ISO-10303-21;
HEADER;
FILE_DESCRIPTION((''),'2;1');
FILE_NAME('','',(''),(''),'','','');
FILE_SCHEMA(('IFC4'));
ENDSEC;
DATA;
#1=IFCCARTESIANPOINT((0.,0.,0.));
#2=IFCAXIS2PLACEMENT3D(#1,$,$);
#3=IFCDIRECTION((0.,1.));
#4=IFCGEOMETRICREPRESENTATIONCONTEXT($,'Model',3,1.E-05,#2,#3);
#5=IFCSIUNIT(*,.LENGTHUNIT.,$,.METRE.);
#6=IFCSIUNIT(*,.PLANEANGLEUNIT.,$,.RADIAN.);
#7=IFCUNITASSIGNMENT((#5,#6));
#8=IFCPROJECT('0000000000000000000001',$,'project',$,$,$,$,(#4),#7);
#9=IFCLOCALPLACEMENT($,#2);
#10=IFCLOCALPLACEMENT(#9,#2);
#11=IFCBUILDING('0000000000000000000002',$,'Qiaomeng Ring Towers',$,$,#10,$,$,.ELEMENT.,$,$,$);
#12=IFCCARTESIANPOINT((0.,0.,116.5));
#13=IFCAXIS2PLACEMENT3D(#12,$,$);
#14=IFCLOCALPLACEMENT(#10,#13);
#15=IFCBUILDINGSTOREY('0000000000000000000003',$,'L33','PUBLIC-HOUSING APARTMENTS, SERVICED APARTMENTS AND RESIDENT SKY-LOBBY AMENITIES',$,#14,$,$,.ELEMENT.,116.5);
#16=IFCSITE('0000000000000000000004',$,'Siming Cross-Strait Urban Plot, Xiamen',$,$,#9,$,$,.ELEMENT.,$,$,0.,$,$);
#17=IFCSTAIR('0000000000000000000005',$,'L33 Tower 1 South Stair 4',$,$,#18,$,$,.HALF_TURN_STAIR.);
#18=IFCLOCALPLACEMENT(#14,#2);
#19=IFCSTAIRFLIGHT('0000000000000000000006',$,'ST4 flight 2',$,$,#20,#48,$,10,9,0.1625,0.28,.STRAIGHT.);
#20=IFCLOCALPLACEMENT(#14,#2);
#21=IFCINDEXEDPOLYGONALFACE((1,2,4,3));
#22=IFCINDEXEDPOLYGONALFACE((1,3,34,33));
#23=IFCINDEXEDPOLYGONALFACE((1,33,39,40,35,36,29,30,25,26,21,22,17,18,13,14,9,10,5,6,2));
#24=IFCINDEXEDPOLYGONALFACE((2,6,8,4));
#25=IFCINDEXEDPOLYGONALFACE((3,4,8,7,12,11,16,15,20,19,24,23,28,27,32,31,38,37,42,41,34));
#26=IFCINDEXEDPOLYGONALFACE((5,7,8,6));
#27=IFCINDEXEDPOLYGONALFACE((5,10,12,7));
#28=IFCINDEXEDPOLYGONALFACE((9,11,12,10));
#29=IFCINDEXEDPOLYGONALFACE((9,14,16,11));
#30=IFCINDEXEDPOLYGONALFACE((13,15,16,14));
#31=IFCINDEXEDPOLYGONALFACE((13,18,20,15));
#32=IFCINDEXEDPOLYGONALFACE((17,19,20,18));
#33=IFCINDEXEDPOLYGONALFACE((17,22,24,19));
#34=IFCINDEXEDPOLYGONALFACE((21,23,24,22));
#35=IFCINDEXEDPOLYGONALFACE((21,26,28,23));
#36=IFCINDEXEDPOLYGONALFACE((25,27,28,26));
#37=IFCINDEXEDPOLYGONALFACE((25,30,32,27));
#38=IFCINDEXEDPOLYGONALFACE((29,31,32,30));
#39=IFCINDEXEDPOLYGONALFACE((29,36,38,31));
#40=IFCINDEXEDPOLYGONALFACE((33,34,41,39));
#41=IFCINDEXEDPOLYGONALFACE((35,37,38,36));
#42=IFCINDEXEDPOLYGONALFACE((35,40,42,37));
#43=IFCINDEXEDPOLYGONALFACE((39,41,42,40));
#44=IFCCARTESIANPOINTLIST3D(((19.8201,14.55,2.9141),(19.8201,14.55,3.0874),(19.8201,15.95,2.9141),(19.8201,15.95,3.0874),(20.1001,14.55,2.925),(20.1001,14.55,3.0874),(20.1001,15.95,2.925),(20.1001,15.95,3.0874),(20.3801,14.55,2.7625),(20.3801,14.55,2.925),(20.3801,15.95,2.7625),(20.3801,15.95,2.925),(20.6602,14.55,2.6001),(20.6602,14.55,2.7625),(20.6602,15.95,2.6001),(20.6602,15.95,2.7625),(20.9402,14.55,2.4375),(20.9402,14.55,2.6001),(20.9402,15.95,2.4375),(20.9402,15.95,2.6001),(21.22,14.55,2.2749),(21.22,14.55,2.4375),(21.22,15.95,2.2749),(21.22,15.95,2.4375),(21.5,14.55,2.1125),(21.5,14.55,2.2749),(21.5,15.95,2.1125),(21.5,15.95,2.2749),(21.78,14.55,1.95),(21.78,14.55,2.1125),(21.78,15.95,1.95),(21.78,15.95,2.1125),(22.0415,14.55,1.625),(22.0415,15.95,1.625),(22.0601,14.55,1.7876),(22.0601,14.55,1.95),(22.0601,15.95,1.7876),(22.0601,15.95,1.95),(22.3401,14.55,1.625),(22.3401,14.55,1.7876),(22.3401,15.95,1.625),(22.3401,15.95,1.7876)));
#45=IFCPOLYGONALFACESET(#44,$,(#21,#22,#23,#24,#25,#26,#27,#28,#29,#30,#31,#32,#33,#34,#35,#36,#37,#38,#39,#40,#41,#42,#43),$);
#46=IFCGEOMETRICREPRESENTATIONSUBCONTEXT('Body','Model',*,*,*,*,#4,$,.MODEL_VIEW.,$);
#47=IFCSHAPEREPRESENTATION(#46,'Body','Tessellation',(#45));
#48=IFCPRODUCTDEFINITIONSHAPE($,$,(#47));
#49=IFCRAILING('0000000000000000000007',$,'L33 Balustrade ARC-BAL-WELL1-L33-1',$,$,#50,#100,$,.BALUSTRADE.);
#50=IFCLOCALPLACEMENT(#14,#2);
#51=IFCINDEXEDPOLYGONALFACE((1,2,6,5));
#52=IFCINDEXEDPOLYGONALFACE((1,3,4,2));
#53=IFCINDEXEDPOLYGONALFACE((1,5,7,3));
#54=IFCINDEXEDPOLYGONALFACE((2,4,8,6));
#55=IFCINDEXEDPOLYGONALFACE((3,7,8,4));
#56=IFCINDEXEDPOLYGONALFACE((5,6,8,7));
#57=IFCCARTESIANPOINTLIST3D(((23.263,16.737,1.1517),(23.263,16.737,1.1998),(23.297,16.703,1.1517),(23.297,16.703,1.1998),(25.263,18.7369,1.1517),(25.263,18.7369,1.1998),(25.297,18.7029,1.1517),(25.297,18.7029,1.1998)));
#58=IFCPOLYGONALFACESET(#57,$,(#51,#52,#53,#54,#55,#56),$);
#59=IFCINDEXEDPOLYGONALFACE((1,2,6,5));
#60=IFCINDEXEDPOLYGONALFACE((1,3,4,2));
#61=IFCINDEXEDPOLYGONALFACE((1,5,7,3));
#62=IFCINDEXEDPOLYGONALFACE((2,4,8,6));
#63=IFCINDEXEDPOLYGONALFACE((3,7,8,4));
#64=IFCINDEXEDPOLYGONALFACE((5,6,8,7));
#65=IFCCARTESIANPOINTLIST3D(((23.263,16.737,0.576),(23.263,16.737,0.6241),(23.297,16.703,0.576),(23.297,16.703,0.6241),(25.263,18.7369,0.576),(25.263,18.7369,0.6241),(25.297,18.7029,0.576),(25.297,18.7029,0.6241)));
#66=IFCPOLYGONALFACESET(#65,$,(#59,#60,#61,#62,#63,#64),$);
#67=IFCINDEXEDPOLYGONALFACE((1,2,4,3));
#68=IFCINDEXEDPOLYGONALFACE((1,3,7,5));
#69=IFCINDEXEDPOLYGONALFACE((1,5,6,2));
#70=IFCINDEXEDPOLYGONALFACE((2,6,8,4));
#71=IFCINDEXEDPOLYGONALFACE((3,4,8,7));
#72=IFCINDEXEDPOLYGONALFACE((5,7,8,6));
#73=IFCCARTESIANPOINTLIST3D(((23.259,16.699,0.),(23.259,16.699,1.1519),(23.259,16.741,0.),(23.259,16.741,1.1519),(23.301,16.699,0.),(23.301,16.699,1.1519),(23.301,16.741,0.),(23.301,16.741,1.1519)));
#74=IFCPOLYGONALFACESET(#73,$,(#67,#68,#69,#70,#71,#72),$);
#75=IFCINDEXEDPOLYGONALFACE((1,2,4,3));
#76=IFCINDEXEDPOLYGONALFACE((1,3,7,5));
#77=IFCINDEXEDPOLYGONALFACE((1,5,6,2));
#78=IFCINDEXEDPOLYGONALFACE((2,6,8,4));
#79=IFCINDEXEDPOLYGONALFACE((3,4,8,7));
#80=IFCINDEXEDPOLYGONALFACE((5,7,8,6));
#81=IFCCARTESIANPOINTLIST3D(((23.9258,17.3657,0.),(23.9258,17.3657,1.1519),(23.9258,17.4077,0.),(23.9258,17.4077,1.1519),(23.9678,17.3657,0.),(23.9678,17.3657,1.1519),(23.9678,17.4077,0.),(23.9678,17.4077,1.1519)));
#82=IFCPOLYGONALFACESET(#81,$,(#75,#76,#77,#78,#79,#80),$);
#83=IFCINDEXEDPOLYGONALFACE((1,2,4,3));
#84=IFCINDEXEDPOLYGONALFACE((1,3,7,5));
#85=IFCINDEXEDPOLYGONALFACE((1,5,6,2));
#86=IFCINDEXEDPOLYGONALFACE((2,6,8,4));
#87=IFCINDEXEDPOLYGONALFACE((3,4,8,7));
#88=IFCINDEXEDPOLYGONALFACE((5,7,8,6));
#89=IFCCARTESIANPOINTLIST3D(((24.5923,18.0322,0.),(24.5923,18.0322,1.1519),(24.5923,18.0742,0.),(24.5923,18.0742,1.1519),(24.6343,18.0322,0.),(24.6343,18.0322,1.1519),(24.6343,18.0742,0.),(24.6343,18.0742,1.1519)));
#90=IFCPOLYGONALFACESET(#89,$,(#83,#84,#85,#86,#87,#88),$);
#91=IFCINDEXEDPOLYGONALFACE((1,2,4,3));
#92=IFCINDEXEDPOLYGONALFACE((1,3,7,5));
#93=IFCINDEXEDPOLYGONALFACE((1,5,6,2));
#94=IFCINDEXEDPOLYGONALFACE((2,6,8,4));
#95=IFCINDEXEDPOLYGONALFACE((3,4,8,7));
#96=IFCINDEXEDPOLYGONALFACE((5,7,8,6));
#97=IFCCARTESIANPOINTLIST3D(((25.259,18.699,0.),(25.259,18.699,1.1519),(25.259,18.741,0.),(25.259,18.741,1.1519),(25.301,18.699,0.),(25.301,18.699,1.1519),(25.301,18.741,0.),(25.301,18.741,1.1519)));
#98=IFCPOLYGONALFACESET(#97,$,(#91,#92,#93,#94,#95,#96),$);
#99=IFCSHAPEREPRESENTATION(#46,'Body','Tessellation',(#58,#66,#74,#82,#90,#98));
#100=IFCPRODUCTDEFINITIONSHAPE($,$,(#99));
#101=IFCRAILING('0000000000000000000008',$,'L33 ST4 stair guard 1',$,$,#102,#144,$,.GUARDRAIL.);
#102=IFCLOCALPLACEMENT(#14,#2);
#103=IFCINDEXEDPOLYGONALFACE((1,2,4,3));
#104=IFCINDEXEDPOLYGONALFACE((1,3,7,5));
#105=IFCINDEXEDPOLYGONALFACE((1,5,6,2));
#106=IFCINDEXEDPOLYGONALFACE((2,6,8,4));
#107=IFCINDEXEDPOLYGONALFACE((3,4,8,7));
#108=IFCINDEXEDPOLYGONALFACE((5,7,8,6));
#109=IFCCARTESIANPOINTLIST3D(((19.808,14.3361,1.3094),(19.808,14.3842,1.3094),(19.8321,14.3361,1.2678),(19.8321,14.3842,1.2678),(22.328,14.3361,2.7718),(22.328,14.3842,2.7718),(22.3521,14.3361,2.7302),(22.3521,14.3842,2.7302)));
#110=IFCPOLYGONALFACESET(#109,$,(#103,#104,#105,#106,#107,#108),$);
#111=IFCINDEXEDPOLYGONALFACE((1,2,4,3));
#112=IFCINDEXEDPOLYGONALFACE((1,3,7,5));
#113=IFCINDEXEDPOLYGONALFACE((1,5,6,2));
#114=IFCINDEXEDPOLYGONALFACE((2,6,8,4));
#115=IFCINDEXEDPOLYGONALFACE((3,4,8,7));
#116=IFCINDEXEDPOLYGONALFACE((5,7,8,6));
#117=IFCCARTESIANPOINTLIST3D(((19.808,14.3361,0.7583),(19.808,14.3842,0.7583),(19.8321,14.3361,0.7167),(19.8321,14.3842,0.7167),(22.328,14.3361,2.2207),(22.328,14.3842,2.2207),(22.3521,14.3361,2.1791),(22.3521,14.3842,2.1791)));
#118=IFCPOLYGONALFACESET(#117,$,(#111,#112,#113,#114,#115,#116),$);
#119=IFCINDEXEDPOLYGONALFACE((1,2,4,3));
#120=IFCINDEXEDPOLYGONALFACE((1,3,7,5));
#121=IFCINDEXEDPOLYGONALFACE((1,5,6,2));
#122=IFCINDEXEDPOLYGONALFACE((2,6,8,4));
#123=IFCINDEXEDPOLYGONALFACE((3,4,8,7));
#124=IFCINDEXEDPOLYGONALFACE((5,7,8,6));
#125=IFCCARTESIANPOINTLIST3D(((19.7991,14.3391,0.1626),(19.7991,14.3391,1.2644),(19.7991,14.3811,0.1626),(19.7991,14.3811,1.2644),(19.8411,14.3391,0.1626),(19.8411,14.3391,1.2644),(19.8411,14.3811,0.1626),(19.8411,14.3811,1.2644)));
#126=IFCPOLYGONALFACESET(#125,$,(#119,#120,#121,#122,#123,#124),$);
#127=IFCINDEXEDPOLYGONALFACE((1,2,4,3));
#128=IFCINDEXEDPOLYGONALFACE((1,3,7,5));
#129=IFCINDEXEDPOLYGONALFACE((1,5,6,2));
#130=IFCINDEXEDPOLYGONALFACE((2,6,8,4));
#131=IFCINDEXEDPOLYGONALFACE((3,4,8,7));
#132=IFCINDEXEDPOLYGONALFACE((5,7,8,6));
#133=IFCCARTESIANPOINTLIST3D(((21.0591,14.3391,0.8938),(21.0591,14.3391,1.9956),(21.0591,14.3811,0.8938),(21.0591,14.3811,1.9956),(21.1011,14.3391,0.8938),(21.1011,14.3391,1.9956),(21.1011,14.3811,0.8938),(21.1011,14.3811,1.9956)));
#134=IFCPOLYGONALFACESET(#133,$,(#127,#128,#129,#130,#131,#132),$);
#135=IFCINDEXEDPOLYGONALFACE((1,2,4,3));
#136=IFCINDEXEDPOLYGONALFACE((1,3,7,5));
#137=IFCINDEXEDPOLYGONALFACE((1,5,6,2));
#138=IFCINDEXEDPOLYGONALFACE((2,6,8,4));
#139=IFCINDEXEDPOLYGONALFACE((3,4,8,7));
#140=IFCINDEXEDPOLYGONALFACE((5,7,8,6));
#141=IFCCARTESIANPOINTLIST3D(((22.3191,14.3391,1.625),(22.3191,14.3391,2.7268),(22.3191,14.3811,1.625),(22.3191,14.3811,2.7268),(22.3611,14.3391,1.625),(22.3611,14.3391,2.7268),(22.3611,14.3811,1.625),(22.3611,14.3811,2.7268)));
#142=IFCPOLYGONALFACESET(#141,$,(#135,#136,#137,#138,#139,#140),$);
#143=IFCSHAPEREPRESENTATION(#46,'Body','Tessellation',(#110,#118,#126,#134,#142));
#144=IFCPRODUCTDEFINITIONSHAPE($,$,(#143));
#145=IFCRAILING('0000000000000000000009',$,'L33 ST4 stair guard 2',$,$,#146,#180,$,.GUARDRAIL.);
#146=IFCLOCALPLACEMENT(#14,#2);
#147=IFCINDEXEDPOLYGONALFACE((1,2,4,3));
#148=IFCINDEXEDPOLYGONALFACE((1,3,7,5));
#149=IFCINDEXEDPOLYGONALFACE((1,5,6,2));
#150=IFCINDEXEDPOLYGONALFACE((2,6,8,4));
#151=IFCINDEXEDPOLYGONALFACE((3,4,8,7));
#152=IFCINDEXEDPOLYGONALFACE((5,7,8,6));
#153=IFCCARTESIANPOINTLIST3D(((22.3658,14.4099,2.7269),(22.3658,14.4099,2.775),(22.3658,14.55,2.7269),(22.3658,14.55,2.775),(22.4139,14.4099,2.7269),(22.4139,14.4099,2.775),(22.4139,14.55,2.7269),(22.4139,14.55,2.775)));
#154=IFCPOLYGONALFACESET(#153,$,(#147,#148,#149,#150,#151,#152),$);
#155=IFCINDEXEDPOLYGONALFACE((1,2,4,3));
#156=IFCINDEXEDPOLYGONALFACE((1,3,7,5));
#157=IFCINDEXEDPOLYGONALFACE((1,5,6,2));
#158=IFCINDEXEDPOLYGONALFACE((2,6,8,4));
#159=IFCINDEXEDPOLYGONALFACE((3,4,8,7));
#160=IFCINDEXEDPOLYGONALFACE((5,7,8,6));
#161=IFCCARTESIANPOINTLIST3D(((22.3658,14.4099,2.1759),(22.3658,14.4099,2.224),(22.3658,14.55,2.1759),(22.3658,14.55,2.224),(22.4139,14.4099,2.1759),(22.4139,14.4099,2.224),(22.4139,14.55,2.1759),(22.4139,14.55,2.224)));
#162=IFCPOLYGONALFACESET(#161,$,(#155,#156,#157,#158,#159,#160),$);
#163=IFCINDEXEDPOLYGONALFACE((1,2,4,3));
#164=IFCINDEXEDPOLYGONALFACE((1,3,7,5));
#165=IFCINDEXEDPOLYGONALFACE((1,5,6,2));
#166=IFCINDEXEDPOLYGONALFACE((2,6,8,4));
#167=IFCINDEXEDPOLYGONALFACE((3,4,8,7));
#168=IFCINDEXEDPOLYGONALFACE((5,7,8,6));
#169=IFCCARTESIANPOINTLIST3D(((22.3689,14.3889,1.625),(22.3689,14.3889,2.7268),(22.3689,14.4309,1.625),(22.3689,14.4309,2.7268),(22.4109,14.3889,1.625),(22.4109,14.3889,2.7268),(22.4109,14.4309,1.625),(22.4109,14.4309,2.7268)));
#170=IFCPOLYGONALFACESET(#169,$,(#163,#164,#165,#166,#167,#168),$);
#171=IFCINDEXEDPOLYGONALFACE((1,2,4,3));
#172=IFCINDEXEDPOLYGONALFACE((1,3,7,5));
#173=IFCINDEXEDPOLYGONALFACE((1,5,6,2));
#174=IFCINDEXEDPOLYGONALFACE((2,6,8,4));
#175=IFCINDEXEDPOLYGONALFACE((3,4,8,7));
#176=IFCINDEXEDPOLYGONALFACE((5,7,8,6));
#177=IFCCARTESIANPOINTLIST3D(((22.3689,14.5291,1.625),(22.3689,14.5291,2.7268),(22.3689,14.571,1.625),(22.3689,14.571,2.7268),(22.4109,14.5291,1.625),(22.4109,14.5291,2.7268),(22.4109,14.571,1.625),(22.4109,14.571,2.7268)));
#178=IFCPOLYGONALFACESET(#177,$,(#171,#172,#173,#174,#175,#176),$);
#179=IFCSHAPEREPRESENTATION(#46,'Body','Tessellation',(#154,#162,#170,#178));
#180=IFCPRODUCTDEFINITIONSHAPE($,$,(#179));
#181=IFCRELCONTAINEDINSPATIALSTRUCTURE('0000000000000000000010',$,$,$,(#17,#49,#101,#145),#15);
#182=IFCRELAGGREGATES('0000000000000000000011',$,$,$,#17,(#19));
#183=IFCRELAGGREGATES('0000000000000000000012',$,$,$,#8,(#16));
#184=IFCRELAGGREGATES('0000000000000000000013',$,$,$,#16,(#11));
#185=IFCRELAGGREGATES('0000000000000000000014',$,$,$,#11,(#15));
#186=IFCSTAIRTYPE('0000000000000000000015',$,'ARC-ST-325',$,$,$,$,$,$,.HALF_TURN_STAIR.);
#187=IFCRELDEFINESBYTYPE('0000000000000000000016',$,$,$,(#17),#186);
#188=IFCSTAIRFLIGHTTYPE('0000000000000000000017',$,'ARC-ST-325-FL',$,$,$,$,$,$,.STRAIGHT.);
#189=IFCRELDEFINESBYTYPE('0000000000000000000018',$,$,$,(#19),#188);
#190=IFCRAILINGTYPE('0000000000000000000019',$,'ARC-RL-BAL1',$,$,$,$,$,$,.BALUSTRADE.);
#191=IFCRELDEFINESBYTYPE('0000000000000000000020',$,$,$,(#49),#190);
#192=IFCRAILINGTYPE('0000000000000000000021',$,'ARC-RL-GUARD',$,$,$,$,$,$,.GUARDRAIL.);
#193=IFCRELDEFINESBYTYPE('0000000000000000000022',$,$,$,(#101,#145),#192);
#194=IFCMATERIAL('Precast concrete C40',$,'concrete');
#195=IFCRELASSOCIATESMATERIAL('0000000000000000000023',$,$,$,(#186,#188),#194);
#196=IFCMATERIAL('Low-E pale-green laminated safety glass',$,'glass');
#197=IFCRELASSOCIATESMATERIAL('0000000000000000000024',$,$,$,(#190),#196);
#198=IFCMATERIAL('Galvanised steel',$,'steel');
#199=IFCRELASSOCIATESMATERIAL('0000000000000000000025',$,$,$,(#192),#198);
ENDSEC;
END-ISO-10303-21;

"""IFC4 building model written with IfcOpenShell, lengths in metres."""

from ifc_helpers import new_model, si_unit, direction, frame, origin, origin_2d, place, context, subcontext, project, spatial, polyline, rectangle, outline, extrude, source, transform, mapped, material, type_object, element, aggregate, save


model = new_model("IFC4")

# Units and contexts
model_context = context("Model", 3, precision=1e-05, world=origin(), true_north=direction((0.0, 1.0)))
body_context = subcontext(model_context, "Body", "Model", "MODEL_VIEW")
ifc_project = project(units=[si_unit("LENGTHUNIT", "METRE"), si_unit("PLANEANGLEUNIT", "RADIAN")], contexts=[model_context])

# Site, building, storey
site_placement = place(None, origin())
site = spatial("IfcSite", under=ifc_project, at=site_placement, Name="Siming Cross-Strait Urban Plot, Xiamen", CompositionType="ELEMENT", RefElevation=0.0)
building_placement = place(site_placement, origin())
building = spatial("IfcBuilding", under=site, at=building_placement, Name="Qiaomeng Ring Towers", CompositionType="ELEMENT")
storey_placement = place(building_placement, frame((0.0, 0.0, 116.5)))
storey = spatial("IfcBuildingStorey", under=building, at=storey_placement, Name="L33", Description="PUBLIC-HOUSING APARTMENTS, SERVICED APARTMENTS AND RESIDENT SKY-LOBBY AMENITIES", CompositionType="ELEMENT", Elevation=116.5)

# Shared definitions
ifc_material_1 = material(Name="Galvanised steel", Category="steel")

# Stair, stair flight
ifc_material_2 = material(Name="Precast concrete C40", Category="concrete")
stair_type = type_object("IfcStairType", Name="ARC-ST-325", PredefinedType="HALF_TURN_STAIR", material=ifc_material_2)
stair_placement = place(storey_placement, origin())
stair = element("IfcStair", 1, at=stair_placement, inside=storey, type_object=stair_type, Name="L33 Tower 1 South Stair 4", PredefinedType="HALF_TURN_STAIR")
stair_flight_type = type_object("IfcStairFlightType", Name="ARC-ST-325-FL", PredefinedType="STRAIGHT", material=ifc_material_2)
shared_shape_1 = source(origin(), body_context, "Body", "SweptSolid", [
    extrude(outline(polyline([(0.0, 0.0), (0.0, 0.1626), (0.28, 0.1626), (0.28, 0.325), (0.5601, 0.325), (0.5601, 0.4875), (0.8401, 0.4875), (0.8401, 0.6499), (1.1201, 0.6499), (1.1201, 0.8125), (1.3999, 0.8125), (1.3999, 0.9751), (1.6799, 0.9751), (1.6799, 1.1375), (1.96, 1.1375), (1.96, 1.3), (2.24, 1.3), (2.24, 1.4624), (2.52, 1.4624), (2.52, 1.625), (2.52, 1.2891), (0.2986, 0.0), (0.0, 0.0)])), frame((0.0, 0.7, 0.0), z_axis=(0.0, -1.0, 0.0), x_axis=(1.0, 0.0, 0.0)), (0.0, 0.0, 1.0), 1.3999),
])
stair_flight_1_placement = place(storey_placement, frame((22.3401, 15.25, 1.625), z_axis=(0.0, 0.0, 1.0), x_axis=(-1.0, 0.0, 0.0)))
stair_flight_1 = element("IfcStairFlight", 2, at=stair_flight_1_placement, type_object=stair_flight_type, Name="ST4 flight 2", NumberOfRisers=10, NumberOfTreads=9, PredefinedType="STRAIGHT", RiserHeight=0.1625, TreadLength=0.28, context=body_context, shape_type="MappedRepresentation", body=[
    mapped(shared_shape_1, transform((0.0, 0.0, 0.0), x_axis=(1.0, 0.0, 0.0), y_axis=(0.0, 1.0, 0.0), z_axis=(0.0, 0.0, 1.0), scale=1.0)),
])
aggregate(stair, [stair_flight_1])

# Railings
ifc_material_3 = material(Name="Low-E pale-green laminated safety glass", Category="glass")
railing_type_1 = type_object("IfcRailingType", Name="ARC-RL-BAL1", PredefinedType="BALUSTRADE", material=ifc_material_3)
railing_1_placement = place(storey_placement, frame((23.28, 16.72, 0.0)))
element("IfcRailing", 3, at=railing_1_placement, inside=storey, type_object=railing_type_1, Name="L33 Balustrade ARC-BAL-WELL1-L33-1", PredefinedType="BALUSTRADE", context=body_context, shape_type="SweptSolid", body=[
    extrude(rectangle(XDim=0.0481, YDim=0.0481, at=origin_2d()), frame((0.0, 0.0, 1.1758), z_axis=(0.707107, 0.707107, 0.0), x_axis=(-0.707107, 0.707107, 0.0)), (0.0, 0.0, 1.0), 2.8284),
    extrude(rectangle(XDim=0.0481, YDim=0.0481, at=origin_2d()), frame((0.0, 0.0, 0.6001), z_axis=(0.707107, 0.707107, 0.0), x_axis=(-0.707107, 0.707107, 0.0)), (0.0, 0.0, 1.0), 2.8284),
    extrude(rectangle(XDim=0.042, YDim=0.042, at=origin_2d()), origin(), (0.0, 0.0, 1.0), 1.1519),
    extrude(rectangle(XDim=0.042, YDim=0.042, at=origin_2d()), frame((0.6667, 0.6667, 0.0)), (0.0, 0.0, 1.0), 1.1519),
    extrude(rectangle(XDim=0.042, YDim=0.042, at=origin_2d()), frame((1.3333, 1.3333, 0.0)), (0.0, 0.0, 1.0), 1.1519),
    extrude(rectangle(XDim=0.042, YDim=0.042, at=origin_2d()), frame((2.0, 2.0, 0.0)), (0.0, 0.0, 1.0), 1.1519),
])
railing_type_2 = type_object("IfcRailingType", Name="ARC-RL-GUARD", PredefinedType="GUARDRAIL", material=ifc_material_1)
railing_2_placement = place(storey_placement, frame((19.8201, 14.3601, 0.1626)))
element("IfcRailing", 4, at=railing_2_placement, inside=storey, type_object=railing_type_2, Name="L33 ST4 stair guard 1", PredefinedType="GUARDRAIL", context=body_context, shape_type="SweptSolid", body=[
    extrude(rectangle(XDim=0.0481, YDim=0.0481, at=origin_2d()), frame((0.0, 0.0, 1.126), z_axis=(0.864913, 0.0, 0.501921), x_axis=(0.0, 1.0, 0.0)), (0.0, 0.0, 1.0), 2.9136),
    extrude(rectangle(XDim=0.0481, YDim=0.0481, at=origin_2d()), frame((0.0, 0.0, 0.575), z_axis=(0.864913, 0.0, 0.501921), x_axis=(0.0, 1.0, 0.0)), (0.0, 0.0, 1.0), 2.9136),
    extrude(rectangle(XDim=0.042, YDim=0.042, at=origin_2d()), origin(), (0.0, 0.0, 1.0), 1.1018),
    extrude(rectangle(XDim=0.042, YDim=0.042, at=origin_2d()), frame((1.26, 0.0, 0.7312)), (0.0, 0.0, 1.0), 1.1018),
    extrude(rectangle(XDim=0.042, YDim=0.042, at=origin_2d()), frame((2.52, 0.0, 1.4624)), (0.0, 0.0, 1.0), 1.1018),
])
railing_3_placement = place(storey_placement, frame((22.3899, 14.4099, 1.625)))
element("IfcRailing", 5, at=railing_3_placement, inside=storey, type_object=railing_type_2, Name="L33 ST4 stair guard 2", PredefinedType="GUARDRAIL", context=body_context, shape_type="SweptSolid", body=[
    extrude(rectangle(XDim=0.0481, YDim=0.0481, at=origin_2d()), frame((0.0, 0.0, 1.126), z_axis=(0.0, 1.0, 0.0), x_axis=(-1.0, 0.0, 0.0)), (0.0, 0.0, 1.0), 0.1401),
    extrude(rectangle(XDim=0.0481, YDim=0.0481, at=origin_2d()), frame((0.0, 0.0, 0.575), z_axis=(0.0, 1.0, 0.0), x_axis=(-1.0, 0.0, 0.0)), (0.0, 0.0, 1.0), 0.1401),
    extrude(rectangle(XDim=0.042, YDim=0.042, at=origin_2d()), origin(), (0.0, 0.0, 1.0), 1.1018),
    extrude(rectangle(XDim=0.042, YDim=0.042, at=origin_2d()), frame((0.0, 0.1401, 0.0)), (0.0, 0.0, 1.0), 1.1018),
])

save(model, "model.ifc")
